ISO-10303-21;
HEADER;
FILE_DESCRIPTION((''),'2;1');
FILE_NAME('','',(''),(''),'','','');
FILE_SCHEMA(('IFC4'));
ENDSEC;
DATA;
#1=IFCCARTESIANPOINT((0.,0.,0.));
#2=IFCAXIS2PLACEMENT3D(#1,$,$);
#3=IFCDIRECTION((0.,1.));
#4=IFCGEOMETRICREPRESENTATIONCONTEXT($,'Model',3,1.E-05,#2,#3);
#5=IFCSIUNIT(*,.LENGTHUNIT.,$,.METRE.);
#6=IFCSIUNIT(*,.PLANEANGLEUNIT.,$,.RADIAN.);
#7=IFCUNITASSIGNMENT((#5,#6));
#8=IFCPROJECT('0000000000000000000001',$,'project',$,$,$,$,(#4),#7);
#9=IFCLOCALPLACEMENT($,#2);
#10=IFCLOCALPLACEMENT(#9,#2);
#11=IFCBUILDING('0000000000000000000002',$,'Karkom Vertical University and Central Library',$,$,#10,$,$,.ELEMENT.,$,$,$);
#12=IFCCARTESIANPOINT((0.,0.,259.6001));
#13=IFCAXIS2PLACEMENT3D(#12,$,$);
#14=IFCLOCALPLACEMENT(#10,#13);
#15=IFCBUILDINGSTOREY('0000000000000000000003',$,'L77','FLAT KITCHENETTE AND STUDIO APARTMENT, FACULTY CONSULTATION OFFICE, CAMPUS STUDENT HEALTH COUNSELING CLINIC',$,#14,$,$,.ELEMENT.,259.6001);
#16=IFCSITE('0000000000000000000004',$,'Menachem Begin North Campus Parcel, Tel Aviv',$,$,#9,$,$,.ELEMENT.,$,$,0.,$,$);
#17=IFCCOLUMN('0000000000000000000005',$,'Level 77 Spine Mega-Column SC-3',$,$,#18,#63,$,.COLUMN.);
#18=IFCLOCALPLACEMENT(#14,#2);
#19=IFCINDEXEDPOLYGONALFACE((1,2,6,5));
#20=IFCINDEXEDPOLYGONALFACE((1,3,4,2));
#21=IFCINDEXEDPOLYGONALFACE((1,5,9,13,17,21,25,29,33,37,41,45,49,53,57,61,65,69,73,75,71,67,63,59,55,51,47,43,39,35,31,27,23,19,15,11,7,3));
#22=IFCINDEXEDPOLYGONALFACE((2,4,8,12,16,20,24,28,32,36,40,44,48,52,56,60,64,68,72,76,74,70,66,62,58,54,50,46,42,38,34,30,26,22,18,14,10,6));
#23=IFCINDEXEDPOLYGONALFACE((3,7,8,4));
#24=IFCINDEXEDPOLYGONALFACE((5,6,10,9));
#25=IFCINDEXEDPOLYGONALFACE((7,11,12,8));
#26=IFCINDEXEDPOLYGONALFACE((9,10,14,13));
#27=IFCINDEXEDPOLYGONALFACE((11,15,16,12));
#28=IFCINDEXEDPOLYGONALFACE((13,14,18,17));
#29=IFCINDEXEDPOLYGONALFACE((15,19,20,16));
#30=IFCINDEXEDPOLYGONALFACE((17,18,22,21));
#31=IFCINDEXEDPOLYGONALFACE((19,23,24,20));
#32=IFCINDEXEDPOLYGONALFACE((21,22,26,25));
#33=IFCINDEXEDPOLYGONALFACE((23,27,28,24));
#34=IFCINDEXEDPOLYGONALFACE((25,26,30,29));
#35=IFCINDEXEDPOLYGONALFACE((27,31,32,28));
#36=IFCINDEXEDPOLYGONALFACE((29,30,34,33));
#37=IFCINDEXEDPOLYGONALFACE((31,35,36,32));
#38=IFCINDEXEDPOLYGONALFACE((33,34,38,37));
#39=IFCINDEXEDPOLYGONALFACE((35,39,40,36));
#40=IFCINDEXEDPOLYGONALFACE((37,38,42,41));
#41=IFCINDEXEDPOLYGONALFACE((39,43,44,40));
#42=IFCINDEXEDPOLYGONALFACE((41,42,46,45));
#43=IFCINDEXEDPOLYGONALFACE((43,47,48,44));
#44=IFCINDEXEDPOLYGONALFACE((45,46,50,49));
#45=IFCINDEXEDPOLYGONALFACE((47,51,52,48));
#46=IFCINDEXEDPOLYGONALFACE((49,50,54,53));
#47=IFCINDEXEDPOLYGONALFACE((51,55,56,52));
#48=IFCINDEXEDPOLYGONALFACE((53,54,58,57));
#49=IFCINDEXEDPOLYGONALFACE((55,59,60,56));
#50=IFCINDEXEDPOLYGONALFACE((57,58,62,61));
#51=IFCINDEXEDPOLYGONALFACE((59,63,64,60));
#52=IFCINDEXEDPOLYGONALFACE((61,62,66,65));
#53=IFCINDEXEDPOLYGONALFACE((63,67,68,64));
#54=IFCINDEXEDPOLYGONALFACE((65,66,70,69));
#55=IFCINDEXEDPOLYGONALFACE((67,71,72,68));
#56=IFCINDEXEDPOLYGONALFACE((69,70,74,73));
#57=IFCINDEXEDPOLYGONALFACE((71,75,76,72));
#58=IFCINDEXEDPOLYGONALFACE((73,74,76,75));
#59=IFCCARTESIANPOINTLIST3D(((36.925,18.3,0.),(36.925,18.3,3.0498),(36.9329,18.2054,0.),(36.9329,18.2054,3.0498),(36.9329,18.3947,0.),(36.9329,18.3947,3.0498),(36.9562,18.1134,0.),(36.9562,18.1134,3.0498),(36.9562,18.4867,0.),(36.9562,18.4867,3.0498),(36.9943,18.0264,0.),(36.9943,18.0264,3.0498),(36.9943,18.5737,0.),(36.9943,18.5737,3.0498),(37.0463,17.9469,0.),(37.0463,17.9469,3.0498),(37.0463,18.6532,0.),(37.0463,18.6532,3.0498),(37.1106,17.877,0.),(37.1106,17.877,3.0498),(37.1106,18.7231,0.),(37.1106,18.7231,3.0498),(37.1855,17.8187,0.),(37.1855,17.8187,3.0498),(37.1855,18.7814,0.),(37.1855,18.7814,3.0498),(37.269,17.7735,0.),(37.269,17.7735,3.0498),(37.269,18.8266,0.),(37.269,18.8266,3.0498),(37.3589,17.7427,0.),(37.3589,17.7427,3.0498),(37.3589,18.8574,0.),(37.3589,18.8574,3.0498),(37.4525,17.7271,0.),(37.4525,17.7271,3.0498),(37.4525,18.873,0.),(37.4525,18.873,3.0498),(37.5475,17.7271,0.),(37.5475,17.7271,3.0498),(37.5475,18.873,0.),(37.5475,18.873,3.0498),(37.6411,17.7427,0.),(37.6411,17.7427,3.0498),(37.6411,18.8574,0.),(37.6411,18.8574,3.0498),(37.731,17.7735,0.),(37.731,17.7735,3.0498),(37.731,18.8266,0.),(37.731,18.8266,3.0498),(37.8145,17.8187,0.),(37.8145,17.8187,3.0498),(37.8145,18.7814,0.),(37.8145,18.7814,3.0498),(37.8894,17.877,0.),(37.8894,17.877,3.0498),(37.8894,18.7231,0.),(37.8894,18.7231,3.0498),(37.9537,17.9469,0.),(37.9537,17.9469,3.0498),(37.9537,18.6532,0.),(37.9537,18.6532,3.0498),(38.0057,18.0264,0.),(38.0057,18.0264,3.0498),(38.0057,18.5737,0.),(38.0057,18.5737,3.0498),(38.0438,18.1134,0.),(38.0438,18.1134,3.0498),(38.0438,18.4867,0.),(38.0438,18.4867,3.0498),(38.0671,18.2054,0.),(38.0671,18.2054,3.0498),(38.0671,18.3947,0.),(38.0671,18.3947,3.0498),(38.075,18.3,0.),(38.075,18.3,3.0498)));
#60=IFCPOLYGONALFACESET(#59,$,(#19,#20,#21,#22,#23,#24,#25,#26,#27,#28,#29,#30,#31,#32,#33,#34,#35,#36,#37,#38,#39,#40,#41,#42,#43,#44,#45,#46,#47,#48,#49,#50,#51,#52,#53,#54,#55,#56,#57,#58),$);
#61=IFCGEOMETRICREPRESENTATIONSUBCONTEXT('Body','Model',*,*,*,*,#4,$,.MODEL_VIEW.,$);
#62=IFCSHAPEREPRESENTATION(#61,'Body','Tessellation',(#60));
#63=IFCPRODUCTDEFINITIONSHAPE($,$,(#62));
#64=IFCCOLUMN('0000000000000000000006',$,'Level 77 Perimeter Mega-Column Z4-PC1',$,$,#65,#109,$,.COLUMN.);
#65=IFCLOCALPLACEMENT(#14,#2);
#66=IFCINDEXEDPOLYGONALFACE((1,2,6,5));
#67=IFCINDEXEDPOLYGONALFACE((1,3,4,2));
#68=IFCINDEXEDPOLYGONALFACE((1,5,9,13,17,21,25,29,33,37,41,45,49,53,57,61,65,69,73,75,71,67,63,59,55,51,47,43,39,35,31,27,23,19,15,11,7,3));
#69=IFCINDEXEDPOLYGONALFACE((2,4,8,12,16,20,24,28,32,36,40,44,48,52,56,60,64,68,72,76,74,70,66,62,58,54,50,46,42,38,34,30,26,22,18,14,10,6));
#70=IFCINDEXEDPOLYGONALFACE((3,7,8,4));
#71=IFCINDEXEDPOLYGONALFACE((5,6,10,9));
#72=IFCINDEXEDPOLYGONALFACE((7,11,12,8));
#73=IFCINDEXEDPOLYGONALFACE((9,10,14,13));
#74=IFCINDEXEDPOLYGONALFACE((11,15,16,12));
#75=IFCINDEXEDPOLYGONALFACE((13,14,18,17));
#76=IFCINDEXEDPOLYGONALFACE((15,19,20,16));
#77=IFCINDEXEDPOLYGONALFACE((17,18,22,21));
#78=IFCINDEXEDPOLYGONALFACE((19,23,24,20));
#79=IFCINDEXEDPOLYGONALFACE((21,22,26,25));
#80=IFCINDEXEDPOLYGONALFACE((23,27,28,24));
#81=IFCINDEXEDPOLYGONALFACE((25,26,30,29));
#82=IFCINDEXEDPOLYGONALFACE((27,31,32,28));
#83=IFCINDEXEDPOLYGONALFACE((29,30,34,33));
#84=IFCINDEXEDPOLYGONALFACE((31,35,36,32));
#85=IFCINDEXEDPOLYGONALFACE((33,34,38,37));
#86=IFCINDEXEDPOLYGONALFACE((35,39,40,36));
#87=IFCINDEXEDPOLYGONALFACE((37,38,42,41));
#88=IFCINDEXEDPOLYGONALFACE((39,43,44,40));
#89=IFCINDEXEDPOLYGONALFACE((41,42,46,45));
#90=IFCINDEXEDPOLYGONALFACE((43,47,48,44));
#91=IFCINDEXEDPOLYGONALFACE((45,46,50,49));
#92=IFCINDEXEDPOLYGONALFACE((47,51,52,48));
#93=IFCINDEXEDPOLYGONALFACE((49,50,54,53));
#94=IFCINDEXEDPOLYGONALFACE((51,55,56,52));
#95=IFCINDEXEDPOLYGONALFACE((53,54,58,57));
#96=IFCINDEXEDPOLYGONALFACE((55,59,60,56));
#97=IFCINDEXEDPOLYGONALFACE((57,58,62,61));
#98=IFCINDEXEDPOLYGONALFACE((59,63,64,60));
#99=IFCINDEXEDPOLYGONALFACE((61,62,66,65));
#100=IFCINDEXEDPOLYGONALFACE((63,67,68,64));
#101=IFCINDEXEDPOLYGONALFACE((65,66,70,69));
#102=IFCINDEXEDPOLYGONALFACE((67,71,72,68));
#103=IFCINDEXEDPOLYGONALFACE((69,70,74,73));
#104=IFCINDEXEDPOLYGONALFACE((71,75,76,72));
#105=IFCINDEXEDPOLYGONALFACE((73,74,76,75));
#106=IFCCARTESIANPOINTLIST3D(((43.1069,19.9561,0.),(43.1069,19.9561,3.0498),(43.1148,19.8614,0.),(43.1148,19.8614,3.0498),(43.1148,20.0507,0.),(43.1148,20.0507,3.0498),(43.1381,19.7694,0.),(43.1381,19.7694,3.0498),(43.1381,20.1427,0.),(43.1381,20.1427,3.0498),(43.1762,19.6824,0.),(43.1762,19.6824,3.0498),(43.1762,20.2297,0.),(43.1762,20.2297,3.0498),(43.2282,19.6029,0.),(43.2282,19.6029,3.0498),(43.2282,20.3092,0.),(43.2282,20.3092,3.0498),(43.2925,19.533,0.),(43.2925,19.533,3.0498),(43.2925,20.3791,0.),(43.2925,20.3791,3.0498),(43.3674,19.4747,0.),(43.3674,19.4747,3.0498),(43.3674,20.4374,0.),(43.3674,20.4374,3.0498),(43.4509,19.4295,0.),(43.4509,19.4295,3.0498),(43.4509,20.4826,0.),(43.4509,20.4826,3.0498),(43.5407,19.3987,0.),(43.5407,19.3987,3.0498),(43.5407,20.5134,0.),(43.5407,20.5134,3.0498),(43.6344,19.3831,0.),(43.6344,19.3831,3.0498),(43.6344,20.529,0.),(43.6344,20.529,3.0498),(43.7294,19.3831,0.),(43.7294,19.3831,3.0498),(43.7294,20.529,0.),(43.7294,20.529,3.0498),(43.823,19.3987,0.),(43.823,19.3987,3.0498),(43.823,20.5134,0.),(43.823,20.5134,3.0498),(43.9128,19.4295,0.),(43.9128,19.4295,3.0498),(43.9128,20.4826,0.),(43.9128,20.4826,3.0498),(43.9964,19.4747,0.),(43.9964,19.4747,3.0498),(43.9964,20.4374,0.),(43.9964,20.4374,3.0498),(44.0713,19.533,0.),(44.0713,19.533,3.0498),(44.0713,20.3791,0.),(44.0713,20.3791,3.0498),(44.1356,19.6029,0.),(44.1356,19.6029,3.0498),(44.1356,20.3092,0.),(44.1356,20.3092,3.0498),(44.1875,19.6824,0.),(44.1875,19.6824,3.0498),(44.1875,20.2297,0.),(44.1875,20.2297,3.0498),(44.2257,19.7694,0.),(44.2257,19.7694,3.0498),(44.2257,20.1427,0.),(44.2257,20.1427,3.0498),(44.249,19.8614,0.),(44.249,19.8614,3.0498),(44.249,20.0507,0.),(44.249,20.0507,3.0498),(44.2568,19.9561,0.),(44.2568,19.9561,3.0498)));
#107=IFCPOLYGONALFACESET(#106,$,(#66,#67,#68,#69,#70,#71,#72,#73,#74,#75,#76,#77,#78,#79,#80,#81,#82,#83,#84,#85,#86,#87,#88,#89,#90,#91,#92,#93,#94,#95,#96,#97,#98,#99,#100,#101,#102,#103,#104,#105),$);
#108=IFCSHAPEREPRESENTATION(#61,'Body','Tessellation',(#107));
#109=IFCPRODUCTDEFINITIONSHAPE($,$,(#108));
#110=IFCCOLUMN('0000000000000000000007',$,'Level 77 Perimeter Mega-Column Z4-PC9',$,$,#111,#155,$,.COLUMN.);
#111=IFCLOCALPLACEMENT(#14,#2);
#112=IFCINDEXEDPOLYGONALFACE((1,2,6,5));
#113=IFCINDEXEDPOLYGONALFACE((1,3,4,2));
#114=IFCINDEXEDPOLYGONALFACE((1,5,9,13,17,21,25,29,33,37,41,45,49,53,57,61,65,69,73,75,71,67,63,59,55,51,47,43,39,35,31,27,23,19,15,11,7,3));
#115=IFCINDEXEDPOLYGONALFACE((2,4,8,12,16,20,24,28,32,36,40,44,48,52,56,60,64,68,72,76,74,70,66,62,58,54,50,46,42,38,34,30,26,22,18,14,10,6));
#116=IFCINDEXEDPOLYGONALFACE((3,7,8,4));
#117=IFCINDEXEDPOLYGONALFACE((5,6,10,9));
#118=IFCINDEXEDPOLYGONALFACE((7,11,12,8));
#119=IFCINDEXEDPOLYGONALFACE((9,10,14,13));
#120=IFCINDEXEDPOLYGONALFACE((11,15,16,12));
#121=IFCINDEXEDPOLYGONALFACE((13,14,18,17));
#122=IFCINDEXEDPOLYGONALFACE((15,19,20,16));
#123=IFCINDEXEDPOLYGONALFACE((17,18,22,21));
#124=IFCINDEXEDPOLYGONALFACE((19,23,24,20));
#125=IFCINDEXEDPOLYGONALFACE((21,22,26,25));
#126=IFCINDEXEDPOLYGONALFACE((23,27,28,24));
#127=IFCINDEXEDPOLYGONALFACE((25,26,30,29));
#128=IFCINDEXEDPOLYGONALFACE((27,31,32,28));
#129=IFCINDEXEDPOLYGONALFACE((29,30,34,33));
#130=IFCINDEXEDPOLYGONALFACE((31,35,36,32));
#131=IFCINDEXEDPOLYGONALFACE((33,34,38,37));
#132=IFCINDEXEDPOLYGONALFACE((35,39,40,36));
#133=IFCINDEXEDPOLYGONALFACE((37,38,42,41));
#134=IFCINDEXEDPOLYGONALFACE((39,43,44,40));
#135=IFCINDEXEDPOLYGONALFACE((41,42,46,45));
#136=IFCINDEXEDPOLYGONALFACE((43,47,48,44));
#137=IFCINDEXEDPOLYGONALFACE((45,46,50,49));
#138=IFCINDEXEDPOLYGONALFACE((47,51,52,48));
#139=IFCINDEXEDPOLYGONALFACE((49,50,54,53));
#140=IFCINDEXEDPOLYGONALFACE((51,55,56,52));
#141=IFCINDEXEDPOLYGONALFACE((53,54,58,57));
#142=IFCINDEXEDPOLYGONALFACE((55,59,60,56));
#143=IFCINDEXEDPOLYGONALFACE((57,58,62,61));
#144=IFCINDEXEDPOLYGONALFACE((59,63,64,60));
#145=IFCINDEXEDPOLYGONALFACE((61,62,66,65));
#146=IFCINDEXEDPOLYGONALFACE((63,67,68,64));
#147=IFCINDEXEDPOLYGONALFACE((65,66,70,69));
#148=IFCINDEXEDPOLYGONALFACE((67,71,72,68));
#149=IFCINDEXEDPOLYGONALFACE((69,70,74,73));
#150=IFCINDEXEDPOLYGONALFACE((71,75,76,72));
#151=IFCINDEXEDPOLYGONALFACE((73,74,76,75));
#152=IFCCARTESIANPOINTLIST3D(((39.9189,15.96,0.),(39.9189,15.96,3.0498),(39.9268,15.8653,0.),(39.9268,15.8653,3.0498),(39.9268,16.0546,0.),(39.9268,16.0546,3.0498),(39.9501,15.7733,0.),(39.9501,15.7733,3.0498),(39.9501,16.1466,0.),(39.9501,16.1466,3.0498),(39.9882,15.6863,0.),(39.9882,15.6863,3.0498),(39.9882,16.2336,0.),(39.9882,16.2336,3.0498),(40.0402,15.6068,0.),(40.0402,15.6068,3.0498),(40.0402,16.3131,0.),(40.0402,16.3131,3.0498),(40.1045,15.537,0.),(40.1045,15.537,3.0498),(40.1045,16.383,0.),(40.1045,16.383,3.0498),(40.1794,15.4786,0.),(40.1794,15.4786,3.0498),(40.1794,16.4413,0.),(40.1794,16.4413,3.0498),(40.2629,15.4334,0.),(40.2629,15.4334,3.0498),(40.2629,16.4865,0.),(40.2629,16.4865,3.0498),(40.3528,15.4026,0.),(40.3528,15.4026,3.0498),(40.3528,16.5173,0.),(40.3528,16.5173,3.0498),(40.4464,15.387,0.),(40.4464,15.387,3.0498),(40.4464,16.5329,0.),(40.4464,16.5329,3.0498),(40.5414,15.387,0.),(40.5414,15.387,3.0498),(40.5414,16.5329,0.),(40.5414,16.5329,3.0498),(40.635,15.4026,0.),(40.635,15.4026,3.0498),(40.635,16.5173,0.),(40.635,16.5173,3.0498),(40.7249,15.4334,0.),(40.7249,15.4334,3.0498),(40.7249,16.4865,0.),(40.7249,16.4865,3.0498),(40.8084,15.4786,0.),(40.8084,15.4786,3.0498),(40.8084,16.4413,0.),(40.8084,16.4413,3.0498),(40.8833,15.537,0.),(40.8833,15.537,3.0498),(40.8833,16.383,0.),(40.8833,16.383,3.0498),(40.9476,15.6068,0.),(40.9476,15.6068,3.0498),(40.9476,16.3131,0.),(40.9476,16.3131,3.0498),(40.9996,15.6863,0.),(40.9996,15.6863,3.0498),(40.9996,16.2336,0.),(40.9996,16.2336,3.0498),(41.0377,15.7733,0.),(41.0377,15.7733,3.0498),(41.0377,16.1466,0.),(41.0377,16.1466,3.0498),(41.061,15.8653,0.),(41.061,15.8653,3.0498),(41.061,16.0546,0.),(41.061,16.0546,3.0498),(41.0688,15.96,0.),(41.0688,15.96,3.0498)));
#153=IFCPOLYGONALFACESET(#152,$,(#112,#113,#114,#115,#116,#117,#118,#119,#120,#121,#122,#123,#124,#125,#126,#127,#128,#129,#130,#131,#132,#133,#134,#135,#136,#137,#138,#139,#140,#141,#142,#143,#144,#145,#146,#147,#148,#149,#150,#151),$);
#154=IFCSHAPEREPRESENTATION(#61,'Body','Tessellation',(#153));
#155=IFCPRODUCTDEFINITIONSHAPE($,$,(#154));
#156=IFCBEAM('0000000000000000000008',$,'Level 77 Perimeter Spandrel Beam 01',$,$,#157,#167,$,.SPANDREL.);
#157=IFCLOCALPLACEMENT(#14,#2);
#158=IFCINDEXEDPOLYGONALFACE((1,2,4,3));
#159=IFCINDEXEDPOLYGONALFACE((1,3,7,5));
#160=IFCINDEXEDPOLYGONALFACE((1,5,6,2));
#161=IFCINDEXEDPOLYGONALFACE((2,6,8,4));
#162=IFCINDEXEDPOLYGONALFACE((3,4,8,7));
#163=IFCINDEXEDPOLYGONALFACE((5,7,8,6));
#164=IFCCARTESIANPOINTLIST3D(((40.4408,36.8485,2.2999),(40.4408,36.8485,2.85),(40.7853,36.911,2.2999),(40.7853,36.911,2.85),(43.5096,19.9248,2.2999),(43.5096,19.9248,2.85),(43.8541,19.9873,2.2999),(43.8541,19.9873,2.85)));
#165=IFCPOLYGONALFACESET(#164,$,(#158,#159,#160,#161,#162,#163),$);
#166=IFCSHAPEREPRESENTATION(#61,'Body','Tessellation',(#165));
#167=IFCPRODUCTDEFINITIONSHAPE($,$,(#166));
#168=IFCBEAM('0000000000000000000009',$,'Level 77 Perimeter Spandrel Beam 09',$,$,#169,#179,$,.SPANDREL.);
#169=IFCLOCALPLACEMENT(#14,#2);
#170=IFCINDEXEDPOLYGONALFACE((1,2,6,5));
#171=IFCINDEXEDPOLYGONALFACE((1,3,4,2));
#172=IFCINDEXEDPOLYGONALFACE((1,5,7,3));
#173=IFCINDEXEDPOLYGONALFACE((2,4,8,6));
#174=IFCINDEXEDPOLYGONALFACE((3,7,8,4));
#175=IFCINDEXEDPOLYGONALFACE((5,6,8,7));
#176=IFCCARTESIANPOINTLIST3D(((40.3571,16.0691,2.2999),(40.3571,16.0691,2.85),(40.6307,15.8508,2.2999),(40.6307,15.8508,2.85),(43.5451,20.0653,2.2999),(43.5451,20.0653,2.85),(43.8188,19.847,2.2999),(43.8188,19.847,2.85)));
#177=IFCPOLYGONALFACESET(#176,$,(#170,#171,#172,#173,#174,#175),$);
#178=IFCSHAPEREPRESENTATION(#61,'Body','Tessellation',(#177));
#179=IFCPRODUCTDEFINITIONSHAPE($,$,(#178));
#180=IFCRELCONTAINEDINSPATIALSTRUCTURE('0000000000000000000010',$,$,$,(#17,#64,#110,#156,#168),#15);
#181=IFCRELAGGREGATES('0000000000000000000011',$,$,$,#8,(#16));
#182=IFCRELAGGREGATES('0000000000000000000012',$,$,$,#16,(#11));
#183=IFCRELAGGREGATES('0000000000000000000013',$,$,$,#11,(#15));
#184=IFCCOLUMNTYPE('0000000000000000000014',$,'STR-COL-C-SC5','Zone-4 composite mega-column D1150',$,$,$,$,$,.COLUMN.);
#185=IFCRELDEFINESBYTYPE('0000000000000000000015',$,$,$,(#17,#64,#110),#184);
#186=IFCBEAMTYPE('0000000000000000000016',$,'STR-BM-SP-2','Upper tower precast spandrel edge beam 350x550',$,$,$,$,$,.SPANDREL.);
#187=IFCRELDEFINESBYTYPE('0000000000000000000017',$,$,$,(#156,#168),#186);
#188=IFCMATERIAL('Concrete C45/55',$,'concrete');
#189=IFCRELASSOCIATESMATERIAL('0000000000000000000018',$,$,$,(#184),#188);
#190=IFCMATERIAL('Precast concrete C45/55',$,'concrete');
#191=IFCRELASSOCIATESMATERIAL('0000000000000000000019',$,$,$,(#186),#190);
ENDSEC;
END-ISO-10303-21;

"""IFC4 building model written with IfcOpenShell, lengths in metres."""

from ifc_helpers import new_model, si_unit, direction, frame, origin, origin_with_axes, origin_2d, place, context, subcontext, project, spatial, rectangle, circle, extrude, source, transform, mapped, material, material_profile, profile_set, type_object, element, save


model = new_model("IFC4")

# Units and contexts
model_context = context("Model", 3, precision=1e-05, world=origin(), true_north=direction((0.0, 1.0)))
body_context = subcontext(model_context, "Body", "Model", "MODEL_VIEW")
ifc_project = project(units=[si_unit("LENGTHUNIT", "METRE"), si_unit("PLANEANGLEUNIT", "RADIAN")], contexts=[model_context])

# Site, building, storey
site_placement = place(None, origin())
site = spatial("IfcSite", under=ifc_project, at=site_placement, Name="Menachem Begin North Campus Parcel, Tel Aviv", CompositionType="ELEMENT", RefElevation=0.0)
building_placement = place(site_placement, origin())
building = spatial("IfcBuilding", under=site, at=building_placement, Name="Karkom Vertical University and Central Library", CompositionType="ELEMENT")
storey_placement = place(building_placement, frame((0.0, 0.0, 259.6001)))
storey = spatial("IfcBuildingStorey", under=building, at=storey_placement, Name="L77", Description="FLAT KITCHENETTE AND STUDIO APARTMENT, FACULTY CONSULTATION OFFICE, CAMPUS STUDENT HEALTH COUNSELING CLINIC", CompositionType="ELEMENT", Elevation=259.6001)

# Columns
ifc_material_1 = material(Name="Concrete C45/55", Category="concrete")
ifc_material_profile_1 = material_profile(ifc_material_1, circle(Radius=0.575, at=origin_2d()), Name="CFT-D1150")
ifc_profile_set_1 = profile_set([ifc_material_profile_1], Name="Concrete C45/55")
column_type = type_object("IfcColumnType", Name="STR-COL-C-SC5", Description="Zone-4 composite mega-column D1150", PredefinedType="COLUMN", material=ifc_profile_set_1)
shared_shape_1 = source(origin_with_axes(), body_context, "Body", "SweptSolid", [
    extrude(circle(Radius=0.575, at=origin_2d()), origin(), (0.0, 0.0, 1.0), 3.0498),
])
for number, where, z_axis, x_axis, name in (
    (1, (37.5, 18.3, 0.0), (0.0, 0.0, 1.0), (1.0, 0.0, 0.0), "Level 77 Spine Mega-Column SC-3"),
    (2, (43.6819, 19.9561, 0.0), (0.0, 0.0, 1.0), (1.0, 0.0, 0.0), "Level 77 Perimeter Mega-Column Z4-PC1"),
    (3, (40.4939, 15.96, 0.0), (0.0, 0.0, 1.0), (1.0, 0.0, 0.0), "Level 77 Perimeter Mega-Column Z4-PC9"),
):
    element("IfcColumn", number, at=place(storey_placement, frame(where, z_axis=z_axis, x_axis=x_axis)), inside=storey, type_object=column_type, Name=name, PredefinedType="COLUMN", context=body_context, shape_type="MappedRepresentation", body=[
        mapped(shared_shape_1, transform((0.0, 0.0, 0.0), scale=1.0)),
    ])

# Beams
ifc_material_2 = material(Name="Precast concrete C45/55", Category="concrete")
ifc_material_profile_2 = material_profile(ifc_material_2, rectangle(XDim=0.3501, YDim=0.55, at=origin_2d()), Name="SPB-350x550")
ifc_profile_set_2 = profile_set([ifc_material_profile_2], Name="Precast concrete C45/55")
beam_type_1 = type_object("IfcBeamType", Name="STR-BM-SP-2", Description="Upper tower precast spandrel edge beam 350x550", PredefinedType="SPANDREL", material=ifc_profile_set_2)
shared_shape_2 = source(origin_with_axes(), body_context, "Body", "SweptSolid", [
    extrude(rectangle(XDim=0.3501, YDim=0.55, at=origin_2d()), origin(), (0.0, 0.0, 1.0), 17.1997),
])
beam_1_placement = place(storey_placement, frame((43.6819, 19.9561, 2.575), z_axis=(-0.178423, 0.983954, 0.0), x_axis=(-0.983954, -0.178423, 0.0)))
element("IfcBeam", 4, at=beam_1_placement, inside=storey, type_object=beam_type_1, Name="Level 77 Perimeter Spandrel Beam 01", PredefinedType="SPANDREL", context=body_context, shape_type="MappedRepresentation", body=[
    mapped(shared_shape_2, transform((0.0, 0.0, 0.0), scale=1.0)),
])
shared_shape_3 = source(origin_with_axes(), body_context, "Body", "SweptSolid", [
    extrude(rectangle(XDim=0.3501, YDim=0.55, at=origin_2d()), origin(), (0.0, 0.0, 1.0), 5.1121),
])
beam_2_placement = place(storey_placement, frame((40.4939, 15.96, 2.575), z_axis=(0.623634, 0.781716, 0.0), x_axis=(-0.781716, 0.623634, 0.0)))
element("IfcBeam", 5, at=beam_2_placement, inside=storey, type_object=beam_type_1, Name="Level 77 Perimeter Spandrel Beam 09", PredefinedType="SPANDREL", context=body_context, shape_type="MappedRepresentation", body=[
    mapped(shared_shape_3, transform((0.0, 0.0, 0.0), scale=1.0)),
])

save(model, "model.ifc")
